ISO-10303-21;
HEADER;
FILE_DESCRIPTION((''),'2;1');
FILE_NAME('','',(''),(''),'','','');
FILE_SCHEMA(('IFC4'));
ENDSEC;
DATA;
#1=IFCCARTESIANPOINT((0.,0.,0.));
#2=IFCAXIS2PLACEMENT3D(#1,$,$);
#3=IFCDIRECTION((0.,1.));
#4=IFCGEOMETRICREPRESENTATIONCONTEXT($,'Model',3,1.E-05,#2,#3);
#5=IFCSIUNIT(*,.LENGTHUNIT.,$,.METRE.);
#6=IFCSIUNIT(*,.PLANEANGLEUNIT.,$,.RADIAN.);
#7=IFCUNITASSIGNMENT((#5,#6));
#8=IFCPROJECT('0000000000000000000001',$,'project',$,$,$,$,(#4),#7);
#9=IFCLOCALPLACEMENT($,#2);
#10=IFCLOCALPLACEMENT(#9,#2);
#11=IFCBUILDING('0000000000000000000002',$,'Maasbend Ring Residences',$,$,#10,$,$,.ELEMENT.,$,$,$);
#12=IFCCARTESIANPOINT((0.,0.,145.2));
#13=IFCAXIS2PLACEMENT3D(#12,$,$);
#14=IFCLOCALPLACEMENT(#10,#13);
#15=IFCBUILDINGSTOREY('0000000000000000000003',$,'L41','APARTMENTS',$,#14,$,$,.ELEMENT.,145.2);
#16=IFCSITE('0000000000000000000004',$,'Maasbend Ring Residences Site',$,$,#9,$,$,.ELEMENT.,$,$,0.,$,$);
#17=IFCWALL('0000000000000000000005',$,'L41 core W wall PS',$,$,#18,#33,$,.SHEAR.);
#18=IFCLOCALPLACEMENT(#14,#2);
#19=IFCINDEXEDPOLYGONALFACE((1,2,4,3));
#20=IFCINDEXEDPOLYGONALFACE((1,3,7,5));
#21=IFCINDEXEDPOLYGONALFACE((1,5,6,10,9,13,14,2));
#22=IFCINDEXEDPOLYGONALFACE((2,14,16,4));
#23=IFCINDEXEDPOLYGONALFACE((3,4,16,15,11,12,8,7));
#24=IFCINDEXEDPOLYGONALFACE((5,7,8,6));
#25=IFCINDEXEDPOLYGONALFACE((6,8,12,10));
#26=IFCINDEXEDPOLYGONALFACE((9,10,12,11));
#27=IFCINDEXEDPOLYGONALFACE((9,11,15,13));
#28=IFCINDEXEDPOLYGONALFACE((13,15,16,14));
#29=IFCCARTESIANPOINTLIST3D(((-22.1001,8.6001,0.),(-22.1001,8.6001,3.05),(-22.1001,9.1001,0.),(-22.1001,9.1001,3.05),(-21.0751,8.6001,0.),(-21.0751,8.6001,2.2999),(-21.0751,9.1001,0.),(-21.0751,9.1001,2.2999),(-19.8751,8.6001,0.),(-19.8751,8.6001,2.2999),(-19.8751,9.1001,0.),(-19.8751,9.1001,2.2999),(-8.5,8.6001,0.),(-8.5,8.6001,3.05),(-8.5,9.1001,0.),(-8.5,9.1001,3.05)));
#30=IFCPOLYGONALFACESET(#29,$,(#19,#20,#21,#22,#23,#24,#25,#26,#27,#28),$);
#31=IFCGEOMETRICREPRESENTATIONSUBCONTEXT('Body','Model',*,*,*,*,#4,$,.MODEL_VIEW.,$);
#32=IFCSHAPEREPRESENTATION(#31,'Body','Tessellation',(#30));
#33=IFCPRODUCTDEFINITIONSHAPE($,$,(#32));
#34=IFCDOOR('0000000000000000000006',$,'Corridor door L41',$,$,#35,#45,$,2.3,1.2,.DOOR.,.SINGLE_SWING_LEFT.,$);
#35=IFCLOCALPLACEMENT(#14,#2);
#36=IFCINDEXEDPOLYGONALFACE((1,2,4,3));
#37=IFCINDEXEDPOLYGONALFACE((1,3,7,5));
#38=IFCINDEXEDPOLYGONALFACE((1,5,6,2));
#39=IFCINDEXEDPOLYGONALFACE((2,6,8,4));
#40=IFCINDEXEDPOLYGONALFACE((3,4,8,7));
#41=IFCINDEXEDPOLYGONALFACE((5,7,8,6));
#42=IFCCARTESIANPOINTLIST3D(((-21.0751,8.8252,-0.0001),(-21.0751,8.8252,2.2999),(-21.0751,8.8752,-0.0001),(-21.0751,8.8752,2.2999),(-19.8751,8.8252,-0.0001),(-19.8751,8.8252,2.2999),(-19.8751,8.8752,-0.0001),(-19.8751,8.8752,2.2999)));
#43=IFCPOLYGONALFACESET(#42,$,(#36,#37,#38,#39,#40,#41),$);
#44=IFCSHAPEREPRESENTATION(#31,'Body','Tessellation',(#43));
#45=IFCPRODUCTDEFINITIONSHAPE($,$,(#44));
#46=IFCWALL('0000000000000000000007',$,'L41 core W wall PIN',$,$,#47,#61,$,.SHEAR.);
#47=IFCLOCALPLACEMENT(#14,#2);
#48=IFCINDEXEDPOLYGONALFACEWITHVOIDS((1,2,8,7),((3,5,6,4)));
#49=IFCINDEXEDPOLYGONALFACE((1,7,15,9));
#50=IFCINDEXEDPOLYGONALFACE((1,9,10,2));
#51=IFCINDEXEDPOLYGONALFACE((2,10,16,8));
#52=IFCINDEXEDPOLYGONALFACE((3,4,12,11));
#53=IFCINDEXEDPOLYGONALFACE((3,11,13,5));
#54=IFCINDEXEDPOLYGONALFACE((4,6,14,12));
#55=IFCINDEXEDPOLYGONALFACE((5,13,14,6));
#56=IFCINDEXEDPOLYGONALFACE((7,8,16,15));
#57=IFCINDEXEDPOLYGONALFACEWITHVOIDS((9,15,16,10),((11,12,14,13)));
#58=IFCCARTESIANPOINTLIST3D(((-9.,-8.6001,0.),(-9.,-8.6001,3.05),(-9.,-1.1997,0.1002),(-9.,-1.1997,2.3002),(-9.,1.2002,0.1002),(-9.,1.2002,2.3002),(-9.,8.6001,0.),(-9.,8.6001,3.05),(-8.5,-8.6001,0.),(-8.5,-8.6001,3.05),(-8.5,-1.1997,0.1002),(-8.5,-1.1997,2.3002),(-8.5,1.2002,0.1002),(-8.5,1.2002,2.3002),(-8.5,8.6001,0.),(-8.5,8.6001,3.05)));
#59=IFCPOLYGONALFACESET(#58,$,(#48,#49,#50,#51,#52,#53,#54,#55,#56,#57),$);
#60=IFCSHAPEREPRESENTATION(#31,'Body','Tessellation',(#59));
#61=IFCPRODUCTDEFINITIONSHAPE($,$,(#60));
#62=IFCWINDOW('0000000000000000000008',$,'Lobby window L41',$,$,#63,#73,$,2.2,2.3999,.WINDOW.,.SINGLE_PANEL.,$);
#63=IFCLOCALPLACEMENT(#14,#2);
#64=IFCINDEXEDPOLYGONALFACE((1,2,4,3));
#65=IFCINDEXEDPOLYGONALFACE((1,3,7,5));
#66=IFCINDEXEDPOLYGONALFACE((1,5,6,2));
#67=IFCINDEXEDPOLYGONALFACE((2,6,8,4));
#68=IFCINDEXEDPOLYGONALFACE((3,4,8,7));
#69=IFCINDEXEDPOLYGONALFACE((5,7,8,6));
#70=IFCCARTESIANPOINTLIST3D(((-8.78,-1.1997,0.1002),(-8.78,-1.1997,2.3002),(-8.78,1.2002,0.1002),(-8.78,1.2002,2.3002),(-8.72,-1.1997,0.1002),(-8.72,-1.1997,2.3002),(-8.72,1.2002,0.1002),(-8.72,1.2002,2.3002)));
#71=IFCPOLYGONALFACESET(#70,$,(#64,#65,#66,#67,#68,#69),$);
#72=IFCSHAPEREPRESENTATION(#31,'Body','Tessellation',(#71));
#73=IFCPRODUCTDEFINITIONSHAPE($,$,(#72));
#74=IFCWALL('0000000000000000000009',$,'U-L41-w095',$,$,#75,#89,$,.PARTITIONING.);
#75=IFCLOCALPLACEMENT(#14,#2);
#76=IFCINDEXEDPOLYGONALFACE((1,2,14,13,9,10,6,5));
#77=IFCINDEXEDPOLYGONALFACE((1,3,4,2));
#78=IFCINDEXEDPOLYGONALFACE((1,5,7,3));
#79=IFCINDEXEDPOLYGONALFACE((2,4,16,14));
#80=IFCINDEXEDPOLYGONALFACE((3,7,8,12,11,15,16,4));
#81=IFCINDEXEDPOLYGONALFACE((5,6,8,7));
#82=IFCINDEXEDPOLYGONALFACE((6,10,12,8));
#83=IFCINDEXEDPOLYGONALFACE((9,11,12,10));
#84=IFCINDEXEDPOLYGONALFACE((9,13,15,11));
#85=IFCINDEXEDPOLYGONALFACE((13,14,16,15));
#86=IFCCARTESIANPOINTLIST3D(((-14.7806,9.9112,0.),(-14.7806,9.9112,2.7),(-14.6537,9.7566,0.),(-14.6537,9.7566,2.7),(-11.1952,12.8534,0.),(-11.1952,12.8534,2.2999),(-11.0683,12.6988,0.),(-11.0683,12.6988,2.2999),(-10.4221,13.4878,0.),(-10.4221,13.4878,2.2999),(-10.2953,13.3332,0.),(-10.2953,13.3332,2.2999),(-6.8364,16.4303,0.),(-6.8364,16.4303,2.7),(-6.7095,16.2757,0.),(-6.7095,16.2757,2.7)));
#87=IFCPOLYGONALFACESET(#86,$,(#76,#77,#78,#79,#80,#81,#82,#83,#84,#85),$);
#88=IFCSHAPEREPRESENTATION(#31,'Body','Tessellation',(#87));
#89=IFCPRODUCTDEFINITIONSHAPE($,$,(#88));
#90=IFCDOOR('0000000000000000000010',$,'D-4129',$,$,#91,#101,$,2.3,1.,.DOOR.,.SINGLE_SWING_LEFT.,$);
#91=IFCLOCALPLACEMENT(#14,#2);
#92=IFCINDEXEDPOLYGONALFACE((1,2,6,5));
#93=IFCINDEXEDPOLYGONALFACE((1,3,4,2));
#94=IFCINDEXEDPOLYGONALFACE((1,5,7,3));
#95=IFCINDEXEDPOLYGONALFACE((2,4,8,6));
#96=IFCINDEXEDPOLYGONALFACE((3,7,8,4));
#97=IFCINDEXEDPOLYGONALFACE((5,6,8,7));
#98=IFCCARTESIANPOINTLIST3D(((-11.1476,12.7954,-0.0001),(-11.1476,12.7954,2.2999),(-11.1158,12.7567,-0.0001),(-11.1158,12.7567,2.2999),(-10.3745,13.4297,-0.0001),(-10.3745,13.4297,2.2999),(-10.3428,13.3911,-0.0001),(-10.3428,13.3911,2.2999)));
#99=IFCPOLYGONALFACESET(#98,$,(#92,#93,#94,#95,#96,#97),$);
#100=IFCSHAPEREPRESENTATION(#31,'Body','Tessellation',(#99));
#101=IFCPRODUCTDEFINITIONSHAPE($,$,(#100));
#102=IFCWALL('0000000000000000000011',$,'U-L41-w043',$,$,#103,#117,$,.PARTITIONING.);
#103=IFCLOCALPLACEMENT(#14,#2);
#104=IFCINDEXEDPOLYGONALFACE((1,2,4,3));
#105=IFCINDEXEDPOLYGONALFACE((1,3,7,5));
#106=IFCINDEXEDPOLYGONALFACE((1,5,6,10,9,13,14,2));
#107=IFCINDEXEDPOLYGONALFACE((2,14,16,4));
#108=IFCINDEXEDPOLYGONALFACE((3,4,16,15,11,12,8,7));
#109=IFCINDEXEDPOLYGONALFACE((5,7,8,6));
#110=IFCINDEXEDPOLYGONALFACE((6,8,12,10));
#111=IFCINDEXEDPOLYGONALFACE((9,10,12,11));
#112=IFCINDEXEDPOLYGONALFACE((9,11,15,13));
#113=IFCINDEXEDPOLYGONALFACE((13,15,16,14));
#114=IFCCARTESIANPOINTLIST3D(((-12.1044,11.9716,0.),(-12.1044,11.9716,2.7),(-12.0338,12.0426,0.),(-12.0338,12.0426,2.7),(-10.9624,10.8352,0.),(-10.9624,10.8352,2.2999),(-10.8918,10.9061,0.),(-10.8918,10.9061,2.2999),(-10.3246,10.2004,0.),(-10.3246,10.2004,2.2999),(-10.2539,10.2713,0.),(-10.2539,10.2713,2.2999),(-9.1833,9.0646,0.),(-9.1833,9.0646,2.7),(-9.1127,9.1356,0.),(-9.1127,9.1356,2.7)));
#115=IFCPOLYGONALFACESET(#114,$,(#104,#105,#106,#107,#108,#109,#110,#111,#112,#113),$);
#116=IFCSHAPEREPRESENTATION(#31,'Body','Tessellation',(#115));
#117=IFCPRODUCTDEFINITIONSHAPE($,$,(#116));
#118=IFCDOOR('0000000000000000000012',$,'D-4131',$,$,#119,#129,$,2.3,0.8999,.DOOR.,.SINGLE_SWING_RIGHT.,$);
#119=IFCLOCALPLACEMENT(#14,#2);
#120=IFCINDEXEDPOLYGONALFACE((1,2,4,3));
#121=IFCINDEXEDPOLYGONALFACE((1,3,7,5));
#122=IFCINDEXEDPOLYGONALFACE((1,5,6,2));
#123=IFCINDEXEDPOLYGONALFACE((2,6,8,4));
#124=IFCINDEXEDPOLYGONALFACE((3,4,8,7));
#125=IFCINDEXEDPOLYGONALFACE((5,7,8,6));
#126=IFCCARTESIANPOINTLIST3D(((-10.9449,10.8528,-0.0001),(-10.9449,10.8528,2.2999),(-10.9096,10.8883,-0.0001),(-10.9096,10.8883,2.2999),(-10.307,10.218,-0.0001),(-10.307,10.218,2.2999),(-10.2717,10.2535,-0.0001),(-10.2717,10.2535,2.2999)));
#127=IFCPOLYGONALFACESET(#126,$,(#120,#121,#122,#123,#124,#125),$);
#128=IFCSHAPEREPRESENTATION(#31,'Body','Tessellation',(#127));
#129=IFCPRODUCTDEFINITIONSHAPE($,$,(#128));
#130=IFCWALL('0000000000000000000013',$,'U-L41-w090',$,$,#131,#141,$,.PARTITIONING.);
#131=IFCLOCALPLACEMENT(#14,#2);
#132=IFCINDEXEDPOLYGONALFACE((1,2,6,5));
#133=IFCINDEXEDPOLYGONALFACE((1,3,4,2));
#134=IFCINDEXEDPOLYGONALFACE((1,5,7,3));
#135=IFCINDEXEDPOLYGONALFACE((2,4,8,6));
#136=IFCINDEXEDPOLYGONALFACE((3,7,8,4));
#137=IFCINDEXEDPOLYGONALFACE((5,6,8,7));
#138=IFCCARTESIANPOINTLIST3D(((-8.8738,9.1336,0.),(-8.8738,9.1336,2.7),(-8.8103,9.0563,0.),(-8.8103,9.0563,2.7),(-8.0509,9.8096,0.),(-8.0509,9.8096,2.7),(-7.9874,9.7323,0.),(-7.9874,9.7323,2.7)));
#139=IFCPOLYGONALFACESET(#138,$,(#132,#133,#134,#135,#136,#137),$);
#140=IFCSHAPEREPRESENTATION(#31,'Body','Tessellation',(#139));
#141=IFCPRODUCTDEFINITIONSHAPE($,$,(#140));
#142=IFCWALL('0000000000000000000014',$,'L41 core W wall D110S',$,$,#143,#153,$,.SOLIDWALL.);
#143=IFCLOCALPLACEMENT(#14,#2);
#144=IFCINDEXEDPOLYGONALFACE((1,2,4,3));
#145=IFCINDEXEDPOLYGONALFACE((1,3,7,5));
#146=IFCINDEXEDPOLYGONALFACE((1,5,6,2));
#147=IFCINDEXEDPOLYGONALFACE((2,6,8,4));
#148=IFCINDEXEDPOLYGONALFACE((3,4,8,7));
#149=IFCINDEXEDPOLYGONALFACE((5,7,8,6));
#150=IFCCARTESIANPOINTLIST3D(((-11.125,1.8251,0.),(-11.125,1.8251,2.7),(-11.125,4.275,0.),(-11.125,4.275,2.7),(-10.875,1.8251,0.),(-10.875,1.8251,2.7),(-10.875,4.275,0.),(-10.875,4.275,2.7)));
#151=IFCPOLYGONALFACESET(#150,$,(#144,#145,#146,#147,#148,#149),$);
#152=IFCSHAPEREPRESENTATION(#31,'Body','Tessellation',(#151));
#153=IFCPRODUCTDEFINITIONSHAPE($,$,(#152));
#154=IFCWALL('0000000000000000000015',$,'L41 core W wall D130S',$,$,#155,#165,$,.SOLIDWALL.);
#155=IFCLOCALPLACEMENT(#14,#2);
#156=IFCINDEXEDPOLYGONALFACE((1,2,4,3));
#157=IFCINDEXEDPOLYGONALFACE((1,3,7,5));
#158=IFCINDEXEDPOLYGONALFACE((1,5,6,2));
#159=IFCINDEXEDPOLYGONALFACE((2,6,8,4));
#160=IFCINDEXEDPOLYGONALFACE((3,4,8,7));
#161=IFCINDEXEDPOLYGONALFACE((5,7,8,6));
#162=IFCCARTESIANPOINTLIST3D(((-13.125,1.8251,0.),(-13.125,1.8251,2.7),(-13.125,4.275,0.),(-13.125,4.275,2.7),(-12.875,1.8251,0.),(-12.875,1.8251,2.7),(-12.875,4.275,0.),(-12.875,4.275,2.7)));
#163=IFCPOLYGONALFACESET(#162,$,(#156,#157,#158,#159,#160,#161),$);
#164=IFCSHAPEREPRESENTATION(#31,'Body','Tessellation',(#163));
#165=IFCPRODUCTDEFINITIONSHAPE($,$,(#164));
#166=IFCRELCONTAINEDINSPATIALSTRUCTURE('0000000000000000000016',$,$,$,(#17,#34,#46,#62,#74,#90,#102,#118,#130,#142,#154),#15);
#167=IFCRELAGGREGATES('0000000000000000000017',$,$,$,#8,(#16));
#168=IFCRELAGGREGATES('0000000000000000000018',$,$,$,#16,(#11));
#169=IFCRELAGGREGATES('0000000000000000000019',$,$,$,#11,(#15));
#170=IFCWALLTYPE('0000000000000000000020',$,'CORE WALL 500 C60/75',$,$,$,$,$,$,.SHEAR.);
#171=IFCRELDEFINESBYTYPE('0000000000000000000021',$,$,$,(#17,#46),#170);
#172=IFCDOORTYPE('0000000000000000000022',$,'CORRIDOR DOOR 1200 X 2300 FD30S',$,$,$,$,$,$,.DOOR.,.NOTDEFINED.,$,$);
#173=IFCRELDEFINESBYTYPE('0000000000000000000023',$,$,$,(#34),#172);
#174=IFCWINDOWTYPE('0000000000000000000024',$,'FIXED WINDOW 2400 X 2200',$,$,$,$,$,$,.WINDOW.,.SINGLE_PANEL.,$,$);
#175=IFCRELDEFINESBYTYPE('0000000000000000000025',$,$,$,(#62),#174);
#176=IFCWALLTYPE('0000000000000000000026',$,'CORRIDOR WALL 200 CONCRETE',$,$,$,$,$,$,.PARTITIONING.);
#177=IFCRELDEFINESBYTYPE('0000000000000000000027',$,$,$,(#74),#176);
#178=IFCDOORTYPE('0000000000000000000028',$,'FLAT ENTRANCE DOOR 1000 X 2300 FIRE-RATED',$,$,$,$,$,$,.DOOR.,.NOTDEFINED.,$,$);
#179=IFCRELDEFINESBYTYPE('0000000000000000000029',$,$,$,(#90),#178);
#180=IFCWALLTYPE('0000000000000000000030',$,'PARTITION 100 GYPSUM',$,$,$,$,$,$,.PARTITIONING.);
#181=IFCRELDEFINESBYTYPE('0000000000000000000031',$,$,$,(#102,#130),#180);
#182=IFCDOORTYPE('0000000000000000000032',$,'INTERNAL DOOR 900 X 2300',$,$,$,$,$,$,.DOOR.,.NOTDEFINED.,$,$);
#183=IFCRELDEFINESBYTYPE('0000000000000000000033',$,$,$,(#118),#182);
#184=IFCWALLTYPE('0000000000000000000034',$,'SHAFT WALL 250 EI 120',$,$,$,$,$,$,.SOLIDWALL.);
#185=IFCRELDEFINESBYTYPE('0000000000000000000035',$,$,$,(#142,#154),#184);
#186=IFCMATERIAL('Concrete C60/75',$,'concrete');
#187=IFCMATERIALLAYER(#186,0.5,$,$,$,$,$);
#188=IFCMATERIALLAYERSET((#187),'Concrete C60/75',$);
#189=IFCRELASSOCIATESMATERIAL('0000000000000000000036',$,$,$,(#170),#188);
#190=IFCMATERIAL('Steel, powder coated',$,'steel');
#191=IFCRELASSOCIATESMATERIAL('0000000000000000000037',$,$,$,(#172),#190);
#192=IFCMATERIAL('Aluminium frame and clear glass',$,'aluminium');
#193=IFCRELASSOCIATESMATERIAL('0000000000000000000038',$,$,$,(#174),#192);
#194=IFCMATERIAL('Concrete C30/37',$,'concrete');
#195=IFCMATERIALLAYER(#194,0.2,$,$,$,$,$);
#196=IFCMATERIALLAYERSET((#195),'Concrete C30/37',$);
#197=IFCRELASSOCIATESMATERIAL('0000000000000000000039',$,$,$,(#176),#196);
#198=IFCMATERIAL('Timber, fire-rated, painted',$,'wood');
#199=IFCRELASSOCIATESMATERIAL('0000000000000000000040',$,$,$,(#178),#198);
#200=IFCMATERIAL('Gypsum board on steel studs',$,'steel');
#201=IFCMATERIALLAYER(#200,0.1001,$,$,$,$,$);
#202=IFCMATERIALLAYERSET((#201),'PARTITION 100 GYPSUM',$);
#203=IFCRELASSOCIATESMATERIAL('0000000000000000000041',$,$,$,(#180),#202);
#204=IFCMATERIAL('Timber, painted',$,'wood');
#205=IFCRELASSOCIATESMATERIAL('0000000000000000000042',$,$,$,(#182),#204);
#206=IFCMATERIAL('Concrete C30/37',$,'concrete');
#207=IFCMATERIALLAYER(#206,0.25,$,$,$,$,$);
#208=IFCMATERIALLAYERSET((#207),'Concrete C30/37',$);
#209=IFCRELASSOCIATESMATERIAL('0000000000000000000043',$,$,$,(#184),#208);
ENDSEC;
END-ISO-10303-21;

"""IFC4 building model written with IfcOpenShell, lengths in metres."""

from ifc_helpers import new_model, si_unit, direction, frame, frame_2d, origin, place, context, subcontext, project, spatial, rectangle, extrude, material, layer, layer_set, type_object, element, fill, save


model = new_model("IFC4")

# Units and contexts
model_context = context("Model", 3, precision=1e-05, world=origin(), true_north=direction((0.0, 1.0)))
body_context = subcontext(model_context, "Body", "Model", "MODEL_VIEW")
ifc_project = project(units=[si_unit("LENGTHUNIT", "METRE"), si_unit("PLANEANGLEUNIT", "RADIAN")], contexts=[model_context])

# Site, building, storey
site_placement = place(None, origin())
site = spatial("IfcSite", under=ifc_project, at=site_placement, Name="Maasbend Ring Residences Site", CompositionType="ELEMENT", RefElevation=0.0)
building_placement = place(site_placement, origin())
building = spatial("IfcBuilding", under=site, at=building_placement, Name="Maasbend Ring Residences", CompositionType="ELEMENT")
storey_placement = place(building_placement, frame((0.0, 0.0, 145.2)))
storey = spatial("IfcBuildingStorey", under=building, at=storey_placement, Name="L41", Description="APARTMENTS", CompositionType="ELEMENT", Elevation=145.2)

# Wall, opening, door
ifc_material_1 = material(Name="Concrete C60/75", Category="concrete")
ifc_layer_1 = layer(ifc_material_1, 0.5)
ifc_layer_set_1 = layer_set([ifc_layer_1], Name="Concrete C60/75")
wall_type_1 = type_object("IfcWallType", Name="CORE WALL 500 C60/75", PredefinedType="SHEAR", material=ifc_layer_set_1)
wall_1_placement = place(storey_placement, frame((-8.5, 8.8501, 0.0), z_axis=(0.0, 0.0, 1.0), x_axis=(-1.0, 0.0, 0.0)))
wall_1 = element("IfcWall", 1, at=wall_1_placement, inside=storey, type_object=wall_type_1, Name="L41 core W wall PS", PredefinedType="SHEAR", context=body_context, shape_type="SweptSolid", body=[
    extrude(rectangle(XDim=13.6001, YDim=0.5, at=frame_2d((6.8, 0.0))), origin(), (0.0, 0.0, 1.0), 3.05),
])
opening_1_placement = place(wall_1_placement, frame((11.375, 0.0, 0.0)))
opening_1 = element("IfcOpeningElement", 2, at=opening_1_placement, cuts=wall_1, PredefinedType="OPENING", context=body_context, shape_type="SweptSolid", body=[
    extrude(rectangle(XDim=1.2, YDim=2.3, at=frame_2d((0.6001, 1.1499))), frame((0.0, 0.26, 0.0), z_axis=(0.0, -1.0, 0.0), x_axis=(1.0, 0.0, 0.0)), (0.0, 0.0, 1.0), 0.52),
])
ifc_material_2 = material(Name="Steel, powder coated", Category="steel")
door_type_1 = type_object("IfcDoorType", Name="CORRIDOR DOOR 1200 X 2300 FD30S", OperationType="NOTDEFINED", PredefinedType="DOOR", material=ifc_material_2)
door_1_placement = place(opening_1_placement, origin())
door_1 = element("IfcDoor", 3, at=door_1_placement, inside=storey, type_object=door_type_1, Name="Corridor door L41", OperationType="SINGLE_SWING_LEFT", OverallHeight=2.3, OverallWidth=1.2, PredefinedType="DOOR", context=body_context, shape_type="SweptSolid", body=[
    extrude(rectangle(XDim=1.2, YDim=2.3, at=frame_2d((0.6001, 1.1499))), frame((0.0, 0.0249, 0.0), z_axis=(0.0, -1.0, 0.0), x_axis=(1.0, 0.0, 0.0)), (0.0, 0.0, 1.0), 0.05),
])
fill(opening_1, door_1)

# Wall, opening, window
wall_2_placement = place(storey_placement, frame((-8.75, 8.6001, 0.0), z_axis=(0.0, 0.0, 1.0), x_axis=(0.0, -1.0, 0.0)))
wall_2 = element("IfcWall", 4, at=wall_2_placement, inside=storey, type_object=wall_type_1, Name="L41 core W wall PIN", PredefinedType="SHEAR", context=body_context, shape_type="SweptSolid", body=[
    extrude(rectangle(XDim=17.2002, YDim=0.5, at=frame_2d((8.6001, 0.0))), origin(), (0.0, 0.0, 1.0), 3.05),
])
opening_2_placement = place(wall_2_placement, frame((7.3999, 0.0, 0.1001)))
opening_2 = element("IfcOpeningElement", 5, at=opening_2_placement, cuts=wall_2, PredefinedType="OPENING", context=body_context, shape_type="SweptSolid", body=[
    extrude(rectangle(XDim=2.3999, YDim=2.2, at=frame_2d((1.2, 1.1001))), frame((0.0, 0.26, 0.0), z_axis=(0.0, -1.0, 0.0), x_axis=(1.0, 0.0, 0.0)), (0.0, 0.0, 1.0), 0.52),
])
ifc_material_3 = material(Name="Aluminium frame and clear glass", Category="aluminium")
window_type = type_object("IfcWindowType", Name="FIXED WINDOW 2400 X 2200", PartitioningType="SINGLE_PANEL", PredefinedType="WINDOW", material=ifc_material_3)
window_placement = place(opening_2_placement, origin())
window = element("IfcWindow", 6, at=window_placement, inside=storey, type_object=window_type, Name="Lobby window L41", OverallHeight=2.2, OverallWidth=2.3999, PartitioningType="SINGLE_PANEL", PredefinedType="WINDOW", context=body_context, shape_type="SweptSolid", body=[
    extrude(rectangle(XDim=2.3999, YDim=2.2, at=frame_2d((1.2, 1.1001))), frame((0.0, 0.03, 0.0), z_axis=(0.0, -1.0, 0.0), x_axis=(1.0, 0.0, 0.0)), (0.0, 0.0, 1.0), 0.0601),
])
fill(opening_2, window)

# Walls, openings, doors
ifc_material_4 = material(Name="Concrete C30/37", Category="concrete")
ifc_layer_2 = layer(ifc_material_4, 0.2)
ifc_layer_set_2 = layer_set([ifc_layer_2], Name="Concrete C30/37")
wall_type_2 = type_object("IfcWallType", Name="CORRIDOR WALL 200 CONCRETE", PredefinedType="PARTITIONING", material=ifc_layer_set_2)
wall_3_placement = place(storey_placement, frame((-14.717, 9.834, 0.0), z_axis=(0.0, 0.0, 1.0), x_axis=(0.773035, 0.634364, 0.0)))
wall_3 = element("IfcWall", 7, at=wall_3_placement, inside=storey, type_object=wall_type_2, Name="U-L41-w095", PredefinedType="PARTITIONING", context=body_context, shape_type="SweptSolid", body=[
    extrude(rectangle(XDim=10.2766, YDim=0.2, at=frame_2d((5.1382, 0.0))), origin(), (0.0, 0.0, 1.0), 2.7),
])
opening_3_placement = place(wall_3_placement, frame((4.6379, 0.0, 0.0)))
opening_3 = element("IfcOpeningElement", 8, at=opening_3_placement, cuts=wall_3, PredefinedType="OPENING", context=body_context, shape_type="SweptSolid", body=[
    extrude(rectangle(XDim=1.0, YDim=2.3, at=frame_2d((0.5, 1.1499))), frame((0.0, 0.1099, 0.0), z_axis=(0.0, -1.0, 0.0), x_axis=(1.0, 0.0, 0.0)), (0.0, 0.0, 1.0), 0.22),
])
ifc_material_5 = material(Name="Timber, fire-rated, painted", Category="wood")
door_type_2 = type_object("IfcDoorType", Name="FLAT ENTRANCE DOOR 1000 X 2300 FIRE-RATED", OperationType="NOTDEFINED", PredefinedType="DOOR", material=ifc_material_5)
door_2_placement = place(opening_3_placement, origin())
door_2 = element("IfcDoor", 9, at=door_2_placement, inside=storey, type_object=door_type_2, Name="D-4129", OperationType="SINGLE_SWING_LEFT", OverallHeight=2.3, OverallWidth=1.0, PredefinedType="DOOR", context=body_context, shape_type="SweptSolid", body=[
    extrude(rectangle(XDim=1.0, YDim=2.3, at=frame_2d((0.5, 1.1499))), frame((0.0, 0.0249, 0.0), z_axis=(0.0, -1.0, 0.0), x_axis=(1.0, 0.0, 0.0)), (0.0, 0.0, 1.0), 0.05),
])
fill(opening_3, door_2)
ifc_material_6 = material(Name="Gypsum board on steel studs", Category="steel")
ifc_layer_3 = layer(ifc_material_6, 0.1001)
ifc_layer_set_3 = layer_set([ifc_layer_3], Name="PARTITION 100 GYPSUM")
wall_type_3 = type_object("IfcWallType", Name="PARTITION 100 GYPSUM", PredefinedType="PARTITIONING", material=ifc_layer_set_3)
wall_4_placement = place(storey_placement, frame((-12.0691, 12.0071, 0.0), z_axis=(0.0, 0.0, 1.0), x_axis=(0.708823, -0.705387, 0.0)))
wall_4 = element("IfcWall", 10, at=wall_4_placement, inside=storey, type_object=wall_type_3, Name="U-L41-w043", PredefinedType="PARTITIONING", context=body_context, shape_type="SweptSolid", body=[
    extrude(rectangle(XDim=4.1211, YDim=0.1001, at=frame_2d((2.0605, 0.0))), origin(), (0.0, 0.0, 1.0), 2.7),
])
opening_4_placement = place(wall_4_placement, frame((1.6111, 0.0, 0.0)))
opening_4 = element("IfcOpeningElement", 11, at=opening_4_placement, cuts=wall_4, PredefinedType="OPENING", context=body_context, shape_type="SweptSolid", body=[
    extrude(rectangle(XDim=0.8999, YDim=2.3, at=frame_2d((0.45, 1.1499))), frame((0.0, 0.0601, 0.0), z_axis=(0.0, -1.0, 0.0), x_axis=(1.0, 0.0, 0.0)), (0.0, 0.0, 1.0), 0.1201),
])
ifc_material_7 = material(Name="Timber, painted", Category="wood")
door_type_3 = type_object("IfcDoorType", Name="INTERNAL DOOR 900 X 2300", OperationType="NOTDEFINED", PredefinedType="DOOR", material=ifc_material_7)
door_3_placement = place(opening_4_placement, origin())
door_3 = element("IfcDoor", 12, at=door_3_placement, inside=storey, type_object=door_type_3, Name="D-4131", OperationType="SINGLE_SWING_RIGHT", OverallHeight=2.3, OverallWidth=0.8999, PredefinedType="DOOR", context=body_context, shape_type="SweptSolid", body=[
    extrude(rectangle(XDim=0.8999, YDim=2.3, at=frame_2d((0.45, 1.1499))), frame((0.0, 0.0249, 0.0), z_axis=(0.0, -1.0, 0.0), x_axis=(1.0, 0.0, 0.0)), (0.0, 0.0, 1.0), 0.05),
])
fill(opening_4, door_3)

# Walls
wall_5_placement = place(storey_placement, frame((-8.842, 9.095, 0.0), z_axis=(0.0, 0.0, 1.0), x_axis=(0.77273, 0.634735, 0.0)))
element("IfcWall", 13, at=wall_5_placement, inside=storey, type_object=wall_type_3, Name="U-L41-w090", PredefinedType="PARTITIONING", context=body_context, shape_type="SweptSolid", body=[
    extrude(rectangle(XDim=1.0649, YDim=0.1001, at=frame_2d((0.5325, 0.0))), origin(), (0.0, 0.0, 1.0), 2.7),
])
ifc_material_8 = material(Name="Concrete C30/37", Category="concrete")
ifc_layer_4 = layer(ifc_material_8, 0.25)
ifc_layer_set_4 = layer_set([ifc_layer_4], Name="Concrete C30/37")
wall_type_4 = type_object("IfcWallType", Name="SHAFT WALL 250 EI 120", PredefinedType="SOLIDWALL", material=ifc_layer_set_4)
for number, where, z_axis, x_axis, name in (
    (14, (-11.0, 1.825, 0.0), (0.0, 0.0, 1.0), (0.0, 1.0, 0.0), "L41 core W wall D110S"),
    (15, (-13.0, 1.825, 0.0), (0.0, 0.0, 1.0), (0.0, 1.0, 0.0), "L41 core W wall D130S"),
):
    element("IfcWall", number, at=place(storey_placement, frame(where, z_axis=z_axis, x_axis=x_axis)), inside=storey, type_object=wall_type_4, Name=name, PredefinedType="SOLIDWALL", context=body_context, shape_type="SweptSolid", body=[
        extrude(rectangle(XDim=2.45, YDim=0.25, at=frame_2d((1.2251, 0.0))), origin(), (0.0, 0.0, 1.0), 2.7),
    ])

save(model, "model.ifc")
